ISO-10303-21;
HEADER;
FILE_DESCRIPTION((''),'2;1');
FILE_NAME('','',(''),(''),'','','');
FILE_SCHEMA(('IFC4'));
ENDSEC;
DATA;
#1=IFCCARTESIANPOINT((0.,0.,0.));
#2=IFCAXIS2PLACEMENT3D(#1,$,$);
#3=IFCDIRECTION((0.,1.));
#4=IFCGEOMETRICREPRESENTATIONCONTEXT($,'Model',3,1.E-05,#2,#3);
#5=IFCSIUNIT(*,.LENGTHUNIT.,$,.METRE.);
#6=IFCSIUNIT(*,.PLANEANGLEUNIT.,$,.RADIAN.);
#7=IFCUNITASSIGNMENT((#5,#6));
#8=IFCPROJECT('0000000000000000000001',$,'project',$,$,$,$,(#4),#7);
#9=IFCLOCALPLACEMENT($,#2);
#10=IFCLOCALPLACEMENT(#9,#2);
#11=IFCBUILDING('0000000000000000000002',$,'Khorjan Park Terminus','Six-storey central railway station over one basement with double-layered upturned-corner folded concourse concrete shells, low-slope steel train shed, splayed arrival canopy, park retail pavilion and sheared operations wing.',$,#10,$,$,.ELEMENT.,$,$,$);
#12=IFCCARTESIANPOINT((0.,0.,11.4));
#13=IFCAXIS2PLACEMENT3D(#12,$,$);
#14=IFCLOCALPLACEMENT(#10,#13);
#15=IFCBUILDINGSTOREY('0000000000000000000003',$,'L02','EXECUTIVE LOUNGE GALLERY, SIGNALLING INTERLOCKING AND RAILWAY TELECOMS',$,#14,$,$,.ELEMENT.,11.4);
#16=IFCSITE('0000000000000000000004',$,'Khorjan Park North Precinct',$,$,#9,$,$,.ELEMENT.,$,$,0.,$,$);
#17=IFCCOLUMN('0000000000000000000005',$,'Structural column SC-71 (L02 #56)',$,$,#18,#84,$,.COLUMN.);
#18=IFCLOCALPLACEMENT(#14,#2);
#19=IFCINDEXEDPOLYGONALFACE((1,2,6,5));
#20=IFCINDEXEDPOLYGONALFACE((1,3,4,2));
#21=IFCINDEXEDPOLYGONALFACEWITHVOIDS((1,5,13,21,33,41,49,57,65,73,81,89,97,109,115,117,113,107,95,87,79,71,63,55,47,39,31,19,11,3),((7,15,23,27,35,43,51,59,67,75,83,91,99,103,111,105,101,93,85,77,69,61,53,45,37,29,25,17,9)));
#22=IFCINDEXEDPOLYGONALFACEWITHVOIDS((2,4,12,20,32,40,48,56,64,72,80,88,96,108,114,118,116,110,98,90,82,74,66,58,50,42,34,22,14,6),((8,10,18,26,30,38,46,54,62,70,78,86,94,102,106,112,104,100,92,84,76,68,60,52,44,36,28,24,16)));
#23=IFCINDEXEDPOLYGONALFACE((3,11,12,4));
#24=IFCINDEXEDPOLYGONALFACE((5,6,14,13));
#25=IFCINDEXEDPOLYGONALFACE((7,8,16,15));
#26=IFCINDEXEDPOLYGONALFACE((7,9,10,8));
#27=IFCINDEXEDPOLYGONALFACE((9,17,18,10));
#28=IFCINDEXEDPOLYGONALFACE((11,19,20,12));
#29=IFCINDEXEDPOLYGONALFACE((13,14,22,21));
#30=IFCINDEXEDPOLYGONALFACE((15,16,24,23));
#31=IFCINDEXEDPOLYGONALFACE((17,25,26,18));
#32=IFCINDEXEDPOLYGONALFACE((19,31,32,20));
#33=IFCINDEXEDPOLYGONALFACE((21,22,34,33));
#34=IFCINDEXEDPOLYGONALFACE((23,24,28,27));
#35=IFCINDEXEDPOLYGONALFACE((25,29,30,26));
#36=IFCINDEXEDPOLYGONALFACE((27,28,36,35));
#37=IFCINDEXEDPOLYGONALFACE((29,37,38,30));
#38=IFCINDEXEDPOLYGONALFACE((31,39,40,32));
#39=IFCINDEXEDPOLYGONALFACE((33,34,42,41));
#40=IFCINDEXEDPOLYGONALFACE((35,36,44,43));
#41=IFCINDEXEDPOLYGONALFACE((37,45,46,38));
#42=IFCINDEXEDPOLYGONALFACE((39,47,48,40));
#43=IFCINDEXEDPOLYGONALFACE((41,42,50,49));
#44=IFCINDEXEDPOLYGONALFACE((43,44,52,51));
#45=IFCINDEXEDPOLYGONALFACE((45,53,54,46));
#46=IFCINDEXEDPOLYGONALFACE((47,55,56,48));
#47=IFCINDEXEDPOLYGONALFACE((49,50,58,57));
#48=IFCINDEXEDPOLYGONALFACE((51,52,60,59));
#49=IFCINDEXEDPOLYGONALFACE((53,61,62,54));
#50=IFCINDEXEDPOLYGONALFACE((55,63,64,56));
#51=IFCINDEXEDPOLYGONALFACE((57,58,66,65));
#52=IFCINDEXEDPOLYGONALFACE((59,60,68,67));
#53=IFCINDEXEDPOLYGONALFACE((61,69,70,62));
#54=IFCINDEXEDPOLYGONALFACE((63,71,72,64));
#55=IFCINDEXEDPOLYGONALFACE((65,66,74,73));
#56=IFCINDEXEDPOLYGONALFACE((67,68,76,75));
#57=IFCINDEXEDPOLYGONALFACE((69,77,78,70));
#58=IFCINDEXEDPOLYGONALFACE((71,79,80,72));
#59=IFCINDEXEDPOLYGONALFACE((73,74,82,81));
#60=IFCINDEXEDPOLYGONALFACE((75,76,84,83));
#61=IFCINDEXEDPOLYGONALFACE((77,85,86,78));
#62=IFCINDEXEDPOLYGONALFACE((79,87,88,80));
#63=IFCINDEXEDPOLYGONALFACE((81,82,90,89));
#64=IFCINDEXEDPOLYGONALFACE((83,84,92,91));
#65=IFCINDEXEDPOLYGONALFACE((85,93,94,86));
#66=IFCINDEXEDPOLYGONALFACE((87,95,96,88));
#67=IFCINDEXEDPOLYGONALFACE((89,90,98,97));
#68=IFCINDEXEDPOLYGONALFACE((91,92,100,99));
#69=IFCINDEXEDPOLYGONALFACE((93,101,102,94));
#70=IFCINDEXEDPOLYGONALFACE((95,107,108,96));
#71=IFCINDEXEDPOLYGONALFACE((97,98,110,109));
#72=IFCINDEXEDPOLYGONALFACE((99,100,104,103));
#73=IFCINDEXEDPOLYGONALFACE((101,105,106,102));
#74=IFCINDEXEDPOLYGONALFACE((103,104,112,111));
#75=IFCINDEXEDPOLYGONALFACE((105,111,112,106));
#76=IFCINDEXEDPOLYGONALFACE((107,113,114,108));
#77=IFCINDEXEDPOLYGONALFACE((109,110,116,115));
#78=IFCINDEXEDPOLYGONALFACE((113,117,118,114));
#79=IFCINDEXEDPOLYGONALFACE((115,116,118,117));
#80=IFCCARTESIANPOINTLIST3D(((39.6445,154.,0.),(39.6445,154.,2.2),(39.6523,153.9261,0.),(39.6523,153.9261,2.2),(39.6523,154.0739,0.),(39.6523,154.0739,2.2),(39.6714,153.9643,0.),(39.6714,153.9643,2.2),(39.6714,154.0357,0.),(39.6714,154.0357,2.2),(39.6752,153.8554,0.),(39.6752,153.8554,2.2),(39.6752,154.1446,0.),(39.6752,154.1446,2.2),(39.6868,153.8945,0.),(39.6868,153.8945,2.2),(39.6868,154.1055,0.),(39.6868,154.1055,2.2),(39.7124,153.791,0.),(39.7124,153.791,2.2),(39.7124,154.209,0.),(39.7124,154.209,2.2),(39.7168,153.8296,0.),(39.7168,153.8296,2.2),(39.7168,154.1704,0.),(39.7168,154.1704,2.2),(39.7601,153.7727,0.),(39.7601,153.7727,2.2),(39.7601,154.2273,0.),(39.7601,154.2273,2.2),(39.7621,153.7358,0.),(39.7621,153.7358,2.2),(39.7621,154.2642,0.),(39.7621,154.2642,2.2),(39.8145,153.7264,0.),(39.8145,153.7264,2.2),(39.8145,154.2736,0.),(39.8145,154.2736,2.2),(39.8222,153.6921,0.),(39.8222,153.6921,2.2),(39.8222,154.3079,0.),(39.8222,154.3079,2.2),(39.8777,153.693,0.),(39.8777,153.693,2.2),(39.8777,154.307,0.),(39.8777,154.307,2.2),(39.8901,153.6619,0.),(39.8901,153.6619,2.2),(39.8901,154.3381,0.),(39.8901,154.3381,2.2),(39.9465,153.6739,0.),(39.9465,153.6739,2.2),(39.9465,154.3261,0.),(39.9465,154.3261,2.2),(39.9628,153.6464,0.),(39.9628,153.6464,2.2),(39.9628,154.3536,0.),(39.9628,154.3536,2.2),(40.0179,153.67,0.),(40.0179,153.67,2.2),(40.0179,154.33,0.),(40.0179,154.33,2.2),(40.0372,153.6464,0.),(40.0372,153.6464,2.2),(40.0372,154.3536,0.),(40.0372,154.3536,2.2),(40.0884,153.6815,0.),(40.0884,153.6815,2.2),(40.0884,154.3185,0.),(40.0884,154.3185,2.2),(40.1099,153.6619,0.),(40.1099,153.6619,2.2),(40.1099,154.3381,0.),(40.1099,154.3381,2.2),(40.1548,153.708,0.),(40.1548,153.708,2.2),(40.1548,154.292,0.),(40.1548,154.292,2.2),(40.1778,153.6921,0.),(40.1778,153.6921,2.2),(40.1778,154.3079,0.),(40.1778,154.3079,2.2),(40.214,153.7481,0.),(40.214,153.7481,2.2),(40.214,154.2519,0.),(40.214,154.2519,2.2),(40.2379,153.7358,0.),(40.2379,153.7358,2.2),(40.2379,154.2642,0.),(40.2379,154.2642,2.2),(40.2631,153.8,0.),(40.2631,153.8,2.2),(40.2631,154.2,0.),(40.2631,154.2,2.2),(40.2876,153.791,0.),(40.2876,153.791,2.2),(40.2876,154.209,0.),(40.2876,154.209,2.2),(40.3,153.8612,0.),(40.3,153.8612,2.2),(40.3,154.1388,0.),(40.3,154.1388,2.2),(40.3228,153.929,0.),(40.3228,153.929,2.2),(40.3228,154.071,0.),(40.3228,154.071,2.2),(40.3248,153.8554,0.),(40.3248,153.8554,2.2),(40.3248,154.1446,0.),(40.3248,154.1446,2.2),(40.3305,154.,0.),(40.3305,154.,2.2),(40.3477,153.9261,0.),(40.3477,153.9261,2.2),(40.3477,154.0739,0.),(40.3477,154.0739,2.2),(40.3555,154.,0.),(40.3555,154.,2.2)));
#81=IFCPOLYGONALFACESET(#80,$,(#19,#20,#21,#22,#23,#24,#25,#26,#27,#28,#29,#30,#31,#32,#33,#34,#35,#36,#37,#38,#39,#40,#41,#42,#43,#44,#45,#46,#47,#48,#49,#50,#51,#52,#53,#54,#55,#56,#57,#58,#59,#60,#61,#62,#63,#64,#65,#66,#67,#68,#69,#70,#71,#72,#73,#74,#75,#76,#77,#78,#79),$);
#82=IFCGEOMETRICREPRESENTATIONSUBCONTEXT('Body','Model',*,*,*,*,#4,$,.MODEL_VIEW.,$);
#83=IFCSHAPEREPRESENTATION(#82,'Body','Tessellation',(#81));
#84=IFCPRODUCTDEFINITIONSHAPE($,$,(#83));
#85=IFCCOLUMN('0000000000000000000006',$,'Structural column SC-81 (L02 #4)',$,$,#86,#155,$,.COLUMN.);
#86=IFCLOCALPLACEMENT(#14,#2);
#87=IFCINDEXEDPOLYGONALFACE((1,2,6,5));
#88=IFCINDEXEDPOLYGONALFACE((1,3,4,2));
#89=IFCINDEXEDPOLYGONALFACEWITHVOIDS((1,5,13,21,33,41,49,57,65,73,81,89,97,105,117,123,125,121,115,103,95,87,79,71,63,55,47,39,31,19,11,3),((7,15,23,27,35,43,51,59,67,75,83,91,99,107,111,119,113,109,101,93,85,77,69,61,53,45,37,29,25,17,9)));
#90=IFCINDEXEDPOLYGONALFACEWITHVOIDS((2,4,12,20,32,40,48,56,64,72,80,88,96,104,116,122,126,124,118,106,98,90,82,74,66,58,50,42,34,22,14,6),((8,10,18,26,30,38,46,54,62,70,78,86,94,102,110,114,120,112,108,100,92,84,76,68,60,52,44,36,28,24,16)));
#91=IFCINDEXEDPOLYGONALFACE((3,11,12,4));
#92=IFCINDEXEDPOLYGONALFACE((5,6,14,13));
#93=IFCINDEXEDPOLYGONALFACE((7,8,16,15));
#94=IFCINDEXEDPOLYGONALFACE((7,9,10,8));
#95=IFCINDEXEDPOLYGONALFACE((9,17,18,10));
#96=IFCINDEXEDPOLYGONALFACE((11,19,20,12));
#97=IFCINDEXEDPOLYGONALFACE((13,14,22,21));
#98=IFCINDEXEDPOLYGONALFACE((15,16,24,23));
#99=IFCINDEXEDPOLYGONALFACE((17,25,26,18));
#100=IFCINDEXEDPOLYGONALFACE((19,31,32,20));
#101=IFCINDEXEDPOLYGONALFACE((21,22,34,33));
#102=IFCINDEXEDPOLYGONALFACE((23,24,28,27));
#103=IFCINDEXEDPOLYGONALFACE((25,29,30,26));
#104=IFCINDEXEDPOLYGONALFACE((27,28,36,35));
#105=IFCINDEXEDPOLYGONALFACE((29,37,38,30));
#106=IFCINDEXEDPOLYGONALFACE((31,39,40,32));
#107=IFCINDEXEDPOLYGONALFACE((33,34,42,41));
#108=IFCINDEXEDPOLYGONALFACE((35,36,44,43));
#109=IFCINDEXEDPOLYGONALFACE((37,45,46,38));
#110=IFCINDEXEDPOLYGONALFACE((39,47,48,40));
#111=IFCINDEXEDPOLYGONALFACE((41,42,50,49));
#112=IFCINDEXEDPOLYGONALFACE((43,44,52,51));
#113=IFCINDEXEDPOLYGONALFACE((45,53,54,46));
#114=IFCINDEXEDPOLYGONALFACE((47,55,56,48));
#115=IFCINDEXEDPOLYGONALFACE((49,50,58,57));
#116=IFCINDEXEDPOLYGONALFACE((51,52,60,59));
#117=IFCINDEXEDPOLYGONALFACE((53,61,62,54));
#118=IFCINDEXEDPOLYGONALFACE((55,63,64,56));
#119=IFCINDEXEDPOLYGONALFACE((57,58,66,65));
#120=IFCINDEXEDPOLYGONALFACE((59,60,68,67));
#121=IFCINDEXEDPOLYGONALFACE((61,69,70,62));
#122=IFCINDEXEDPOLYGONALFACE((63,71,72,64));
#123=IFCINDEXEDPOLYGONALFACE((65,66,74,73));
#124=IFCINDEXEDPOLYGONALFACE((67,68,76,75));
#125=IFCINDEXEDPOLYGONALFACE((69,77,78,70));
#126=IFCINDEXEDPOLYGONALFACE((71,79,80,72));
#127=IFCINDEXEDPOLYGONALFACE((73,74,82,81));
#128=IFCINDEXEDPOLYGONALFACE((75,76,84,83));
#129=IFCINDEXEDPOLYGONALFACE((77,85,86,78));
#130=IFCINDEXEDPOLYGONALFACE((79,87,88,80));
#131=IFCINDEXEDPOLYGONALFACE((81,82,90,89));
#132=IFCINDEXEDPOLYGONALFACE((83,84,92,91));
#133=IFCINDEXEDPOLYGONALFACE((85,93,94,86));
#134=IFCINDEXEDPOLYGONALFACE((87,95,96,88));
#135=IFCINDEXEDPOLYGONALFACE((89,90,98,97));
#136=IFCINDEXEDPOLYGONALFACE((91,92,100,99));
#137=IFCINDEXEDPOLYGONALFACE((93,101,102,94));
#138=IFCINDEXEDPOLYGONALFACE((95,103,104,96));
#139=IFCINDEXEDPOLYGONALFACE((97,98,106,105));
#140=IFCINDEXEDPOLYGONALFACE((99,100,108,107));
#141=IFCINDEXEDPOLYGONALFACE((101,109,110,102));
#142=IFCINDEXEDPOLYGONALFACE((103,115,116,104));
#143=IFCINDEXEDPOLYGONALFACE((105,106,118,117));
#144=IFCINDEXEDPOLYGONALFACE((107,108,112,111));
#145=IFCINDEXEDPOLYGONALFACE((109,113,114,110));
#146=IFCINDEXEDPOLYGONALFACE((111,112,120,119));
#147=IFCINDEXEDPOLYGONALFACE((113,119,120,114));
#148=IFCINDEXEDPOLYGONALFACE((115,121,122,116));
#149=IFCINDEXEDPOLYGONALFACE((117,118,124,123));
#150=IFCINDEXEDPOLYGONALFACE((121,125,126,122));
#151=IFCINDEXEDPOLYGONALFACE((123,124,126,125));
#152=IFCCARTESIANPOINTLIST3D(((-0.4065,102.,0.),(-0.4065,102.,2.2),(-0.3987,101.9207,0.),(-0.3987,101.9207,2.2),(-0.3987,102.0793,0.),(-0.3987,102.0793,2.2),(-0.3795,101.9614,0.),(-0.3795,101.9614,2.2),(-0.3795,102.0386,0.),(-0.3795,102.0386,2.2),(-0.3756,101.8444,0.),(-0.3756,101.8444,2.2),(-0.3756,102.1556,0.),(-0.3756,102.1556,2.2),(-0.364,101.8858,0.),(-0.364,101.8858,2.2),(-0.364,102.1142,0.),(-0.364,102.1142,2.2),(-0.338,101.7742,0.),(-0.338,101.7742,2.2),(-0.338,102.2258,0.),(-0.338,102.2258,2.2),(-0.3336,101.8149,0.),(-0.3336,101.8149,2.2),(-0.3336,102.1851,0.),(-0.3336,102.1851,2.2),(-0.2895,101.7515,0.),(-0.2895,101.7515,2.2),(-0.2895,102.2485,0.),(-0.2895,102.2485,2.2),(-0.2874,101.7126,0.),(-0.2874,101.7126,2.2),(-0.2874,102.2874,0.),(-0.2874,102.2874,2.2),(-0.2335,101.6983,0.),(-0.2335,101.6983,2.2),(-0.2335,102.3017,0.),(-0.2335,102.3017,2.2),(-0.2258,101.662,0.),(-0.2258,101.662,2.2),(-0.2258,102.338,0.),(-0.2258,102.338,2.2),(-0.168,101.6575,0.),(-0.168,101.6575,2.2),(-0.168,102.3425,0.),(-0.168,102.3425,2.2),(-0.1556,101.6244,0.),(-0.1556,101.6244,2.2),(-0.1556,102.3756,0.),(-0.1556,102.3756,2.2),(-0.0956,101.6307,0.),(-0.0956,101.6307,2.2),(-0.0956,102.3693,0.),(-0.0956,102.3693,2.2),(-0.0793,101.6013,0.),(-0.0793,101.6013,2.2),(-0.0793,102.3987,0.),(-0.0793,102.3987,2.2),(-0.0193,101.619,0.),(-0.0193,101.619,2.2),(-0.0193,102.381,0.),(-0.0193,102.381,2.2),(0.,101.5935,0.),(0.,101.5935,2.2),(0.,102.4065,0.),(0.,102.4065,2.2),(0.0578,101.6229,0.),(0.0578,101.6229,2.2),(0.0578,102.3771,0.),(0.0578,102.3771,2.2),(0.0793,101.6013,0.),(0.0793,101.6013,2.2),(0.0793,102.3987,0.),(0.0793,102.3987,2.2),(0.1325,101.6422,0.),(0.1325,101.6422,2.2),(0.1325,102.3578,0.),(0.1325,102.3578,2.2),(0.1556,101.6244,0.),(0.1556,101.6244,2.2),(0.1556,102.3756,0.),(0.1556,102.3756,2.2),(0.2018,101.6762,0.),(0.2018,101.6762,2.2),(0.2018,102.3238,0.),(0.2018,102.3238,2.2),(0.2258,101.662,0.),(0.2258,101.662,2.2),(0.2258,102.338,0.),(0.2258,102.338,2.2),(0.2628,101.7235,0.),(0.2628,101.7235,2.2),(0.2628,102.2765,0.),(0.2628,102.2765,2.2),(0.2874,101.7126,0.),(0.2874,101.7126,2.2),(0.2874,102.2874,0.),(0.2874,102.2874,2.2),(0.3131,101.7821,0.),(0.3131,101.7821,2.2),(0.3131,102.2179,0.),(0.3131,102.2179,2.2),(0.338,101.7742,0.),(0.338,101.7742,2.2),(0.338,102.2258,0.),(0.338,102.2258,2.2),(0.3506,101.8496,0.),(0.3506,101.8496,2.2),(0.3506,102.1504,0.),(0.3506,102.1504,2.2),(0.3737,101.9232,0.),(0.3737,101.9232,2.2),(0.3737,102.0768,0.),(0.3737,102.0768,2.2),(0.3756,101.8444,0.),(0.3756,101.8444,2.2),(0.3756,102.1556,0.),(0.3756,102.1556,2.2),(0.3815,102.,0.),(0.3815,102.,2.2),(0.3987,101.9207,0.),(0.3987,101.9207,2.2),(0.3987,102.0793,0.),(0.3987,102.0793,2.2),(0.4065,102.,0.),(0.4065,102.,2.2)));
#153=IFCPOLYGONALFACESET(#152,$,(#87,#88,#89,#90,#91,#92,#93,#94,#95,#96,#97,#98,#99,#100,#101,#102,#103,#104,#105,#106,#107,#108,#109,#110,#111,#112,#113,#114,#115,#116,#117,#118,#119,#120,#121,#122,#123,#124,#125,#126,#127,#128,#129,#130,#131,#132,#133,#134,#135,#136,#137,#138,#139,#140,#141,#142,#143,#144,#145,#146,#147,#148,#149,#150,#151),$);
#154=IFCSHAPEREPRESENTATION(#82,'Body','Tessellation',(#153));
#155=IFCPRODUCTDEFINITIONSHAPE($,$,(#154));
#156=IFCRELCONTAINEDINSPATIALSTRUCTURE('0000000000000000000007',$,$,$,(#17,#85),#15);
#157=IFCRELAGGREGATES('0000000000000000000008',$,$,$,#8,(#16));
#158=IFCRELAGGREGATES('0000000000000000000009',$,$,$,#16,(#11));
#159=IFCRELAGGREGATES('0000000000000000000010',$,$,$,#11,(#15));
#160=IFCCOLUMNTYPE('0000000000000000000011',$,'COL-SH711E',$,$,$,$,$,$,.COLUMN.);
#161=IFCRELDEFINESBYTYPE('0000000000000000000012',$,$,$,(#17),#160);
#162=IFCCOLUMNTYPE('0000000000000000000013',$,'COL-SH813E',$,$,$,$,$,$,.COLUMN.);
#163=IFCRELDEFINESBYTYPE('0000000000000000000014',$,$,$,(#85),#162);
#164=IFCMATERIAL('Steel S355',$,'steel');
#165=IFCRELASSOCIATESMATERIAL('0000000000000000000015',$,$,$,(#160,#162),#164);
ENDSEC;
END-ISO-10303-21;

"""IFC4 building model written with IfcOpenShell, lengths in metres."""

from ifc_helpers import new_model, si_unit, direction, frame, origin, origin_2d, place, context, subcontext, project, spatial, hollow_circle, extrude, material, material_profile, profile_set, type_object, element, save


model = new_model("IFC4")

# Units and contexts
model_context = context("Model", 3, precision=1e-05, world=origin(), true_north=direction((0.0, 1.0)))
body_context = subcontext(model_context, "Body", "Model", "MODEL_VIEW")
ifc_project = project(units=[si_unit("LENGTHUNIT", "METRE"), si_unit("PLANEANGLEUNIT", "RADIAN")], contexts=[model_context])

# Site, building, storey
site_placement = place(None, origin())
site = spatial("IfcSite", under=ifc_project, at=site_placement, Name="Khorjan Park North Precinct", CompositionType="ELEMENT", RefElevation=0.0)
building_placement = place(site_placement, origin())
building = spatial("IfcBuilding", under=site, at=building_placement, Name="Khorjan Park Terminus", Description="Six-storey central railway station over one basement with double-layered upturned-corner folded concourse concrete shells, low-slope steel train shed, splayed arrival canopy, park retail pavilion and sheared operations wing.", CompositionType="ELEMENT")
storey_placement = place(building_placement, frame((0.0, 0.0, 11.4)))
storey = spatial("IfcBuildingStorey", under=building, at=storey_placement, Name="L02", Description="EXECUTIVE LOUNGE GALLERY, SIGNALLING INTERLOCKING AND RAILWAY TELECOMS", CompositionType="ELEMENT", Elevation=11.4)

# Columns
ifc_material = material(Name="Steel S355", Category="steel")
ifc_material_profile_1 = material_profile(ifc_material, hollow_circle(Radius=0.3555, WallThickness=0.025, at=origin_2d()), Name="CHS 711x25")
ifc_profile_set_1 = profile_set([ifc_material_profile_1], Name="Steel S355")
column_type_1 = type_object("IfcColumnType", Name="COL-SH711E", PredefinedType="COLUMN", material=ifc_profile_set_1)
for number, where, z_axis, x_axis, name in (
    (1, (40.0, 154.0, 0.0), (0.0, 0.0, 1.0), (1.0, 0.0, 0.0), "Structural column SC-71 (L02 #56)"),
):
    element("IfcColumn", number, at=place(storey_placement, frame(where, z_axis=z_axis, x_axis=x_axis)), inside=storey, type_object=column_type_1, Name=name, PredefinedType="COLUMN", context=body_context, shape_type="SweptSolid", body=[
        extrude(hollow_circle(Radius=0.3555, WallThickness=0.025, at=origin_2d()), origin(), (0.0, 0.0, 1.0), 2.2),
    ])
ifc_material_profile_2 = material_profile(ifc_material, hollow_circle(Radius=0.4065, WallThickness=0.025, at=origin_2d()), Name="CHS 813x25")
ifc_profile_set_2 = profile_set([ifc_material_profile_2], Name="Steel S355")
column_type_2 = type_object("IfcColumnType", Name="COL-SH813E", PredefinedType="COLUMN", material=ifc_profile_set_2)
for number, where, z_axis, x_axis, name in (
    (2, (0.0, 102.0, 0.0), (0.0, 0.0, 1.0), (1.0, 0.0, 0.0), "Structural column SC-81 (L02 #4)"),
):
    element("IfcColumn", number, at=place(storey_placement, frame(where, z_axis=z_axis, x_axis=x_axis)), inside=storey, type_object=column_type_2, Name=name, PredefinedType="COLUMN", context=body_context, shape_type="SweptSolid", body=[
        extrude(hollow_circle(Radius=0.4065, WallThickness=0.025, at=origin_2d()), origin(), (0.0, 0.0, 1.0), 2.2),
    ])

save(model, "model.ifc")
